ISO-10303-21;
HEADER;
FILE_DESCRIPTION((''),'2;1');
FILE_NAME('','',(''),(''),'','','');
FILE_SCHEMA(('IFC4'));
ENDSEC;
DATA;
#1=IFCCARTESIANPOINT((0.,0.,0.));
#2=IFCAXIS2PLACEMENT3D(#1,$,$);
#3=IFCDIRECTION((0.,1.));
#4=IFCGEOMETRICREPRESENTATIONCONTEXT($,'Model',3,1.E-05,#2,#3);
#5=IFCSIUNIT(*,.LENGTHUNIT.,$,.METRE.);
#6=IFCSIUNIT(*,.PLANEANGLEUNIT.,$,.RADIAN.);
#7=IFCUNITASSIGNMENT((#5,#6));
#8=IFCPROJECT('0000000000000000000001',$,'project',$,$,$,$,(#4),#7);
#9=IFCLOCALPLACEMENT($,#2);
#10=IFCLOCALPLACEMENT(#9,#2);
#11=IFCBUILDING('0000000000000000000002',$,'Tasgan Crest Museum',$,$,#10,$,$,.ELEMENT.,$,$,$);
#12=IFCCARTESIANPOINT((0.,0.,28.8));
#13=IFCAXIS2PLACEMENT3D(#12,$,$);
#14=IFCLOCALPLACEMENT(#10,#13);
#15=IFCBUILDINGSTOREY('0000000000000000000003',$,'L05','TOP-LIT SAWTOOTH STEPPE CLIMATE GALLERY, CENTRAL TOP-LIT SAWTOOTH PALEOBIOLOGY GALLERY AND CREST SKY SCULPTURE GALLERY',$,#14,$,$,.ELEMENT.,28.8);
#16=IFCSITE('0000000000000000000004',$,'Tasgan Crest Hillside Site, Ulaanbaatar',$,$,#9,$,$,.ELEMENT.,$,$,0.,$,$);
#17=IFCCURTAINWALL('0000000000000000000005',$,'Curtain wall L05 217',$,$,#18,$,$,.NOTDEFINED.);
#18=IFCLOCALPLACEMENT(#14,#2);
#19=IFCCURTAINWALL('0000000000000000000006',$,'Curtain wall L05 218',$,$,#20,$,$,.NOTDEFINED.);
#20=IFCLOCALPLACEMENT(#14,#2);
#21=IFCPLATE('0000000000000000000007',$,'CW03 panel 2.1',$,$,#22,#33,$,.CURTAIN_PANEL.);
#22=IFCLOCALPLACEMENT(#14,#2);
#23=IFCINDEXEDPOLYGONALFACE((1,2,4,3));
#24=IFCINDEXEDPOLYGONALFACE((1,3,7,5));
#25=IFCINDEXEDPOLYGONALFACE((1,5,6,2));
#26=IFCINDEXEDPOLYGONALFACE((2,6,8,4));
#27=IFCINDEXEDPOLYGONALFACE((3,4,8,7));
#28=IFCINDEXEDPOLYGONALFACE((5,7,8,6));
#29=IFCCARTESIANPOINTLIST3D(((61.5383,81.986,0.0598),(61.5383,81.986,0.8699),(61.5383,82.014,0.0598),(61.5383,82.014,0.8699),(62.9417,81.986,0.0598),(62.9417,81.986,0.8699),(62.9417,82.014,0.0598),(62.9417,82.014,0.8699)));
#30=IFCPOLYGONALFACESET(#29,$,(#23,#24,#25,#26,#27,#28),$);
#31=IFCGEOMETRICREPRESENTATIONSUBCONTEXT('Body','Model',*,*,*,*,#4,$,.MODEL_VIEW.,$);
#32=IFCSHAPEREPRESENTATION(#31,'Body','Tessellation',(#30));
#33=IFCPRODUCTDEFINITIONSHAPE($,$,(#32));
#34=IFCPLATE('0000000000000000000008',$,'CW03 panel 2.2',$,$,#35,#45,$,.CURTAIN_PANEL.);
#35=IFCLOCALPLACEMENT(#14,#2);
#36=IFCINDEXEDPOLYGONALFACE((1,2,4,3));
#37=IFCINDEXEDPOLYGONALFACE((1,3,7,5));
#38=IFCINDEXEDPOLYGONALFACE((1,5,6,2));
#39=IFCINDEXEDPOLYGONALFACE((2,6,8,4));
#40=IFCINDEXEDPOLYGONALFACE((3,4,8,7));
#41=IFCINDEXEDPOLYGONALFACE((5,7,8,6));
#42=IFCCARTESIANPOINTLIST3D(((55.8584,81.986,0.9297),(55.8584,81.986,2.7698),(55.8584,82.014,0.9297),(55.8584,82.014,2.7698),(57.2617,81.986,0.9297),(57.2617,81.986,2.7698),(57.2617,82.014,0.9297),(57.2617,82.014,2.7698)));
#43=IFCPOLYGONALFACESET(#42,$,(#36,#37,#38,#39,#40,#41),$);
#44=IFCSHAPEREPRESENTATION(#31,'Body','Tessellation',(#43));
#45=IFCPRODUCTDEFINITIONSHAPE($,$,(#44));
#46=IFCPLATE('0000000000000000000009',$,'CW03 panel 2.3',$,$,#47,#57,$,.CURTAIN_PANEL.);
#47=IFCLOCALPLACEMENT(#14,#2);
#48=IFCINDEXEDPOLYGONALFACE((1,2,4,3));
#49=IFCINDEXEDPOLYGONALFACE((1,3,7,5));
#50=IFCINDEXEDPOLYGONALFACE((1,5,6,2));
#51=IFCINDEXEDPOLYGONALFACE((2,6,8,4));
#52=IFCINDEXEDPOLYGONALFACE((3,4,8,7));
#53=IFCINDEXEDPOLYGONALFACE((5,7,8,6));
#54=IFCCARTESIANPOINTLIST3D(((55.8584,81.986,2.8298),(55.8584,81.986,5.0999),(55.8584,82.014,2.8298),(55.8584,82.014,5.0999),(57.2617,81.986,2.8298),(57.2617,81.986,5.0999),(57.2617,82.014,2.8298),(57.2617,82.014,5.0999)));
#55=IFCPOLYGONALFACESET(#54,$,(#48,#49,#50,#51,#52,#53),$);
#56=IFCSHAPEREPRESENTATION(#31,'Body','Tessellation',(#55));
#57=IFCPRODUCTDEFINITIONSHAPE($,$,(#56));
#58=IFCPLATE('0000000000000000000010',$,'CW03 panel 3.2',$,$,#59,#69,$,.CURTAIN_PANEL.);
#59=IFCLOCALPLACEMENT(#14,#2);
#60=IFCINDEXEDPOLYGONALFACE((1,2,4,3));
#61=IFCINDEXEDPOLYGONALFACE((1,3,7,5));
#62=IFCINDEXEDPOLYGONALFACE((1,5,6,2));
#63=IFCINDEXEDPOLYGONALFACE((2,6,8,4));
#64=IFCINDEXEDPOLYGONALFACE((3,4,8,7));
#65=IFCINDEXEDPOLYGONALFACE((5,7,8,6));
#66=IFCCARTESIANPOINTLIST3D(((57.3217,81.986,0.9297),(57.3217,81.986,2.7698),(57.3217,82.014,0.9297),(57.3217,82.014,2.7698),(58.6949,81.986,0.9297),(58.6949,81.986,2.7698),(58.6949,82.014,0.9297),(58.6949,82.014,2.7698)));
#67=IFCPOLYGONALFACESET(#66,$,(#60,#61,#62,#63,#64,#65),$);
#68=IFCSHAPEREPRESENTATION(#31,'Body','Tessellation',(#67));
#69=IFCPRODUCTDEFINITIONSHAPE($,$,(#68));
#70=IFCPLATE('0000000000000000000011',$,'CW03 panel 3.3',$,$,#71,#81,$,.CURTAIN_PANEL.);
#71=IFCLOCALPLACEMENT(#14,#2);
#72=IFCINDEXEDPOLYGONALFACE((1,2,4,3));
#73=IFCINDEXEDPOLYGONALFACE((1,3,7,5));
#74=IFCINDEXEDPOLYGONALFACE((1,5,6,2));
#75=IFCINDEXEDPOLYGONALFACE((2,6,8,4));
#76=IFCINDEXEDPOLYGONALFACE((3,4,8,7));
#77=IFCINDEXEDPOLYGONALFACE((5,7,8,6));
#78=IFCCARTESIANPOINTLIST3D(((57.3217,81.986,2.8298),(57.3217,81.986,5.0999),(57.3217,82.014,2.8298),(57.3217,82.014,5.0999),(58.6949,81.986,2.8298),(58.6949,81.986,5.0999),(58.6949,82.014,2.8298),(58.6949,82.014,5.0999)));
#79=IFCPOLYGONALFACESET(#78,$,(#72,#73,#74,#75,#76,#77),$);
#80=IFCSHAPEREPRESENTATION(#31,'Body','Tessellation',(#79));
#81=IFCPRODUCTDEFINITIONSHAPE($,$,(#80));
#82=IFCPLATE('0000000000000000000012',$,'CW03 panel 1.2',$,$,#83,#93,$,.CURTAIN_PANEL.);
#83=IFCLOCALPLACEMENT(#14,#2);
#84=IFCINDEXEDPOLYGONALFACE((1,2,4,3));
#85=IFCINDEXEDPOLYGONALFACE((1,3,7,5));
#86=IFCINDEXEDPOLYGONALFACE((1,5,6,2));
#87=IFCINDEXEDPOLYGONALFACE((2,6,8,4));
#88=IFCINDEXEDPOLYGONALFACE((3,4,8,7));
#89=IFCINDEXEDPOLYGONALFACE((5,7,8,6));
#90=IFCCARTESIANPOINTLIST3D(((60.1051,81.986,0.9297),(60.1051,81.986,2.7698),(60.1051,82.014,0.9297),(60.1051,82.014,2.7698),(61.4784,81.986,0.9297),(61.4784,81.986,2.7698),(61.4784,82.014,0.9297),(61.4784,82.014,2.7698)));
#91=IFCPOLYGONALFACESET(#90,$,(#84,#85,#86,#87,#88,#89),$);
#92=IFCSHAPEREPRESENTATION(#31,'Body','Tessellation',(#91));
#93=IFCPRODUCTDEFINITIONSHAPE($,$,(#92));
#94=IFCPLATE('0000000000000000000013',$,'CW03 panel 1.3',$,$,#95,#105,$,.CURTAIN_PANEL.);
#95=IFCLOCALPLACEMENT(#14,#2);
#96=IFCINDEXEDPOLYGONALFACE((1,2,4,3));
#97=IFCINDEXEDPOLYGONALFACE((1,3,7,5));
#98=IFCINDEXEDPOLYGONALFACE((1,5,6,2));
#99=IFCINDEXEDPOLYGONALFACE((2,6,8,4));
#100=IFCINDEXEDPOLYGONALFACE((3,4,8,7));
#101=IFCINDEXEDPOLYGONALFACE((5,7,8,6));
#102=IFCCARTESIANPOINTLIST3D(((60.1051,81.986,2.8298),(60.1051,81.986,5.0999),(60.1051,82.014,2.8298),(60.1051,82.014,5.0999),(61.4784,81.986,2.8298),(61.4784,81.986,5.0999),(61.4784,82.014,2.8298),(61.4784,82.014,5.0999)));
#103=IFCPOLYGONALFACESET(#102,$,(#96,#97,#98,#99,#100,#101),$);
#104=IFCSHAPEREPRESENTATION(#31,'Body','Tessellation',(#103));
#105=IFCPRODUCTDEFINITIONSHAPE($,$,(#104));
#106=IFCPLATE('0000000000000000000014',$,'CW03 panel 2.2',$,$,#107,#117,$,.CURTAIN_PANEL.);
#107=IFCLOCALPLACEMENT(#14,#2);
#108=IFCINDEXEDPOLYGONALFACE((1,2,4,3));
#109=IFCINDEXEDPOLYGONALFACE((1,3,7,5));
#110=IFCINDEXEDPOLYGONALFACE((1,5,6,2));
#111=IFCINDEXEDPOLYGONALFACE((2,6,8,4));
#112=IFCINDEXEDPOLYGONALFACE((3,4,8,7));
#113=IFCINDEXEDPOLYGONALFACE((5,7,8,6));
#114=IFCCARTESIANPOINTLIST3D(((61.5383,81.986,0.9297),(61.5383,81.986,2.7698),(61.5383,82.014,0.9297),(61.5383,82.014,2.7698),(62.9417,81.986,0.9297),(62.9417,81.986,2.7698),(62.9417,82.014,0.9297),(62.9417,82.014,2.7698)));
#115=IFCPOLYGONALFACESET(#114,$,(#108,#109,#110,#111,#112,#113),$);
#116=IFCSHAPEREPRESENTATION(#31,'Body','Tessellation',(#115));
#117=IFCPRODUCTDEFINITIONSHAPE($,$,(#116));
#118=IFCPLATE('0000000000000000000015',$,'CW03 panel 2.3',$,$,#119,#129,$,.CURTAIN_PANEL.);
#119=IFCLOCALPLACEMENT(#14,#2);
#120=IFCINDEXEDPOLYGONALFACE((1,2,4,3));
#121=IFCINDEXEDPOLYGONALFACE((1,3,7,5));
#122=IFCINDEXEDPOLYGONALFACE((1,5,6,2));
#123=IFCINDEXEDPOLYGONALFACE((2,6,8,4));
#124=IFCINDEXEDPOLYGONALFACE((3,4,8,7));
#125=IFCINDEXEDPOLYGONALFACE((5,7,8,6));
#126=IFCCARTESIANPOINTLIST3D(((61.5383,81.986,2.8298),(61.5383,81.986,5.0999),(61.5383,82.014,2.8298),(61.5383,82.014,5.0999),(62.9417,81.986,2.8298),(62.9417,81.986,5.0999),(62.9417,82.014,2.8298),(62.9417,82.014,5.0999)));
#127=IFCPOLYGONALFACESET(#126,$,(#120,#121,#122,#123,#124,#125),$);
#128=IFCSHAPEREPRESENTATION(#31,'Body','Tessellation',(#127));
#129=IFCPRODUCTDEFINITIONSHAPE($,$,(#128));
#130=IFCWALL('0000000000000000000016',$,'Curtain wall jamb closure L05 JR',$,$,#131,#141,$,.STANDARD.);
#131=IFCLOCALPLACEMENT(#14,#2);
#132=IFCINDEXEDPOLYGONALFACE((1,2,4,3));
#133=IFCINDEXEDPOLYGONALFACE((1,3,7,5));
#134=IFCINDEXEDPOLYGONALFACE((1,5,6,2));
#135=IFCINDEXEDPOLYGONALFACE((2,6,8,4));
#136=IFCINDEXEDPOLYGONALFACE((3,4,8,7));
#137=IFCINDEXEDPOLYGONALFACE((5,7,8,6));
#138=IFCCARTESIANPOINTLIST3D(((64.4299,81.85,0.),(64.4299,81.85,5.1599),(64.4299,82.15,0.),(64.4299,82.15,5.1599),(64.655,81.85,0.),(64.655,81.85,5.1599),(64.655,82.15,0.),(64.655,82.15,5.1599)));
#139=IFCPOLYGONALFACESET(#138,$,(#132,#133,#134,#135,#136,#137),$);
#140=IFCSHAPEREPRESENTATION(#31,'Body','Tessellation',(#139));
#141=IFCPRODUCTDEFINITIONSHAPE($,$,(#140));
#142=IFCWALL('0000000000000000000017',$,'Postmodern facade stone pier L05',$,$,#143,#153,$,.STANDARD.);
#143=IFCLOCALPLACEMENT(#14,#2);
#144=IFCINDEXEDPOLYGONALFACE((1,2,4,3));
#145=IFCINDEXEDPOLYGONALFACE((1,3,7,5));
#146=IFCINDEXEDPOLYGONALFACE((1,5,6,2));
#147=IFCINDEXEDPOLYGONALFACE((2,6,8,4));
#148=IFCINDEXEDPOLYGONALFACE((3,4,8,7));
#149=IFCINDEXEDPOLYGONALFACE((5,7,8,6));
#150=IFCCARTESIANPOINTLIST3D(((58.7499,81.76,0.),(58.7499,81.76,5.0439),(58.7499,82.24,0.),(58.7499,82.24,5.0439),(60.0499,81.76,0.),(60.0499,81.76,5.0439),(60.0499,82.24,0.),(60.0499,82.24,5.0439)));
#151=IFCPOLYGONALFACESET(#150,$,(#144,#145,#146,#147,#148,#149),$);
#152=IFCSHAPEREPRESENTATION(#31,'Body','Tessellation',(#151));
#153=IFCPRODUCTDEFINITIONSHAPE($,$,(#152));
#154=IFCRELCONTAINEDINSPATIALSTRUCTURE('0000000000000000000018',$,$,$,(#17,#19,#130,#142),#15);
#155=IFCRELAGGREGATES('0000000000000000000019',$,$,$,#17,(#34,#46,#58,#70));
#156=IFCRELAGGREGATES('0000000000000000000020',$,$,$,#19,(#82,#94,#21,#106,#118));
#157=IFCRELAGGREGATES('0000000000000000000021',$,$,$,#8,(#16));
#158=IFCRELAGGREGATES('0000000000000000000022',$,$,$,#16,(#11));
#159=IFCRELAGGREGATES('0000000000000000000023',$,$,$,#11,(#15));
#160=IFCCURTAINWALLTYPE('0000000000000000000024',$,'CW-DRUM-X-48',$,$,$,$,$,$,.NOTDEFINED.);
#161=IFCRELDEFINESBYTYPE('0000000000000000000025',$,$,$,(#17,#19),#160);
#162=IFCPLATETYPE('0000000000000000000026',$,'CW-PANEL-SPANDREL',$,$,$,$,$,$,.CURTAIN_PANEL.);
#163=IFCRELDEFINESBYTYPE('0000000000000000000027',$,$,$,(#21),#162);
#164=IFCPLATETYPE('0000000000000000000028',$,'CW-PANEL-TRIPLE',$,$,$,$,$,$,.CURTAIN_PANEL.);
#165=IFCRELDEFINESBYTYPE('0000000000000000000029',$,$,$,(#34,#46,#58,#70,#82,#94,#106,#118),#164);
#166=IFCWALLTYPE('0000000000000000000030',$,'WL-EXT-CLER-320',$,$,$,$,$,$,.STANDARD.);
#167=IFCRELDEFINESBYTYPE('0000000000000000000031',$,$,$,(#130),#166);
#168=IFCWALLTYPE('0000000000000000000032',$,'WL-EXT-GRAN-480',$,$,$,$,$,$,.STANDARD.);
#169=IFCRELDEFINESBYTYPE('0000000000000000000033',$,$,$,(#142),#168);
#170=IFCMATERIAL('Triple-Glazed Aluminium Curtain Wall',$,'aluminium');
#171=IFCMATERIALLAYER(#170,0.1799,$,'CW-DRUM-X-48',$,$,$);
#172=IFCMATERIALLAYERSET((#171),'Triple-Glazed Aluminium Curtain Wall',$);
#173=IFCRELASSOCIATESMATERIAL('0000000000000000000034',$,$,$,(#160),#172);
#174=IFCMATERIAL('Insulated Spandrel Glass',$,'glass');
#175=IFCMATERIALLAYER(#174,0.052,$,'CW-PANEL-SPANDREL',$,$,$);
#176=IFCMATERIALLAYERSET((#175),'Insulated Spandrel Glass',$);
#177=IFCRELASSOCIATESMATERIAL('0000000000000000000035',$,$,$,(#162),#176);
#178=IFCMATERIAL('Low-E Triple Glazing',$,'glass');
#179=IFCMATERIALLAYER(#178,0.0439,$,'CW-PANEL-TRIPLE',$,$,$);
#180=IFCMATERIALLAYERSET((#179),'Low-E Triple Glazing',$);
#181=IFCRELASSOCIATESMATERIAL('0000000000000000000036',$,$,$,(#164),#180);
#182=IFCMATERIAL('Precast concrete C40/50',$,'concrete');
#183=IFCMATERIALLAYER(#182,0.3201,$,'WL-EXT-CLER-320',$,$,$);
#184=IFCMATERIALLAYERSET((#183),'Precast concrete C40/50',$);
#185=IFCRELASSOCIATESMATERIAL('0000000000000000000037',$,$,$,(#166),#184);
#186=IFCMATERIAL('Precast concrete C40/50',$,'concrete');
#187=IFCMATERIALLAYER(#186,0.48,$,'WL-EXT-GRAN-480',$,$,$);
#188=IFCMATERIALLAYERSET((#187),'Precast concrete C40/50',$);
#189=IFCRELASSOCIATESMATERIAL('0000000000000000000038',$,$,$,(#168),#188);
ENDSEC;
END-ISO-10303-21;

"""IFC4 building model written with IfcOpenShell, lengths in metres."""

from ifc_helpers import new_model, si_unit, direction, frame, frame_2d, origin, origin_2d, place, context, subcontext, project, spatial, rectangle, extrude, material, layer, layer_set, type_object, element, aggregate, save


model = new_model("IFC4")

# Units and contexts
model_context = context("Model", 3, precision=1e-05, world=origin(), true_north=direction((0.0, 1.0)))
body_context = subcontext(model_context, "Body", "Model", "MODEL_VIEW")
ifc_project = project(units=[si_unit("LENGTHUNIT", "METRE"), si_unit("PLANEANGLEUNIT", "RADIAN")], contexts=[model_context])

# Site, building, storey
site_placement = place(None, origin())
site = spatial("IfcSite", under=ifc_project, at=site_placement, Name="Tasgan Crest Hillside Site, Ulaanbaatar", CompositionType="ELEMENT", RefElevation=0.0)
building_placement = place(site_placement, origin())
building = spatial("IfcBuilding", under=site, at=building_placement, Name="Tasgan Crest Museum", CompositionType="ELEMENT")
storey_placement = place(building_placement, frame((0.0, 0.0, 28.8)))
storey = spatial("IfcBuildingStorey", under=building, at=storey_placement, Name="L05", Description="TOP-LIT SAWTOOTH STEPPE CLIMATE GALLERY, CENTRAL TOP-LIT SAWTOOTH PALEOBIOLOGY GALLERY AND CREST SKY SCULPTURE GALLERY", CompositionType="ELEMENT", Elevation=28.8)

# Curtain walls
ifc_material_1 = material(Name="Triple-Glazed Aluminium Curtain Wall", Category="aluminium")
ifc_layer_1 = layer(ifc_material_1, 0.1799, Name="CW-DRUM-X-48")
ifc_layer_set_1 = layer_set([ifc_layer_1], Name="Triple-Glazed Aluminium Curtain Wall")
curtain_wall_type = type_object("IfcCurtainWallType", Name="CW-DRUM-X-48", PredefinedType="NOTDEFINED", material=ifc_layer_set_1)
curtain_wall_1_placement = place(storey_placement, origin())
curtain_wall_1 = element("IfcCurtainWall", 1, at=curtain_wall_1_placement, inside=storey, type_object=curtain_wall_type, Name="Curtain wall L05 217", PredefinedType="NOTDEFINED")
curtain_wall_2_placement = place(storey_placement, origin())
curtain_wall_2 = element("IfcCurtainWall", 2, at=curtain_wall_2_placement, inside=storey, type_object=curtain_wall_type, Name="Curtain wall L05 218", PredefinedType="NOTDEFINED")

# Plates
ifc_material_2 = material(Name="Insulated Spandrel Glass", Category="glass")
ifc_layer_2 = layer(ifc_material_2, 0.052, Name="CW-PANEL-SPANDREL")
ifc_layer_set_2 = layer_set([ifc_layer_2], Name="Insulated Spandrel Glass")
plate_type_1 = type_object("IfcPlateType", Name="CW-PANEL-SPANDREL", PredefinedType="CURTAIN_PANEL", material=ifc_layer_set_2)
plate_1_placement = place(storey_placement, frame((62.24, 82.0, 0.0598), z_axis=(0.0, 0.0, 1.0), x_axis=(1.0, 0.0, 0.0)))
plate_1 = element("IfcPlate", 3, at=plate_1_placement, type_object=plate_type_1, Name="CW03 panel 2.1", PredefinedType="CURTAIN_PANEL", context=body_context, shape_type="SweptSolid", body=[
    extrude(rectangle(XDim=1.4033, YDim=0.0281, at=origin_2d()), origin(), (0.0, 0.0, 1.0), 0.8101),
])
ifc_material_3 = material(Name="Low-E Triple Glazing", Category="glass")
ifc_layer_3 = layer(ifc_material_3, 0.0439, Name="CW-PANEL-TRIPLE")
ifc_layer_set_3 = layer_set([ifc_layer_3], Name="Low-E Triple Glazing")
plate_type_2 = type_object("IfcPlateType", Name="CW-PANEL-TRIPLE", PredefinedType="CURTAIN_PANEL", material=ifc_layer_set_3)
plate_2_placement = place(storey_placement, frame((56.5601, 82.0, 0.9297), z_axis=(0.0, 0.0, 1.0), x_axis=(1.0, 0.0, 0.0)))
plate_2 = element("IfcPlate", 4, at=plate_2_placement, type_object=plate_type_2, Name="CW03 panel 2.2", PredefinedType="CURTAIN_PANEL", context=body_context, shape_type="SweptSolid", body=[
    extrude(rectangle(XDim=1.4033, YDim=0.0281, at=origin_2d()), origin(), (0.0, 0.0, 1.0), 1.8401),
])
plate_3_placement = place(storey_placement, frame((56.5601, 82.0, 2.8298), z_axis=(0.0, 0.0, 1.0), x_axis=(1.0, 0.0, 0.0)))
plate_3 = element("IfcPlate", 5, at=plate_3_placement, type_object=plate_type_2, Name="CW03 panel 2.3", PredefinedType="CURTAIN_PANEL", context=body_context, shape_type="SweptSolid", body=[
    extrude(rectangle(XDim=1.4033, YDim=0.0281, at=origin_2d()), origin(), (0.0, 0.0, 1.0), 2.27),
])
plate_4_placement = place(storey_placement, frame((58.0083, 82.0, 0.9297), z_axis=(0.0, 0.0, 1.0), x_axis=(1.0, 0.0, 0.0)))
plate_4 = element("IfcPlate", 6, at=plate_4_placement, type_object=plate_type_2, Name="CW03 panel 3.2", PredefinedType="CURTAIN_PANEL", context=body_context, shape_type="SweptSolid", body=[
    extrude(rectangle(XDim=1.3733, YDim=0.0281, at=origin_2d()), origin(), (0.0, 0.0, 1.0), 1.8401),
])
plate_5_placement = place(storey_placement, frame((58.0083, 82.0, 2.8298), z_axis=(0.0, 0.0, 1.0), x_axis=(1.0, 0.0, 0.0)))
plate_5 = element("IfcPlate", 7, at=plate_5_placement, type_object=plate_type_2, Name="CW03 panel 3.3", PredefinedType="CURTAIN_PANEL", context=body_context, shape_type="SweptSolid", body=[
    extrude(rectangle(XDim=1.3733, YDim=0.0281, at=origin_2d()), origin(), (0.0, 0.0, 1.0), 2.27),
])
aggregate(curtain_wall_1, [plate_2, plate_3, plate_4, plate_5])
plate_6_placement = place(storey_placement, frame((60.7917, 82.0, 0.9297), z_axis=(0.0, 0.0, 1.0), x_axis=(1.0, 0.0, 0.0)))
plate_6 = element("IfcPlate", 8, at=plate_6_placement, type_object=plate_type_2, Name="CW03 panel 1.2", PredefinedType="CURTAIN_PANEL", context=body_context, shape_type="SweptSolid", body=[
    extrude(rectangle(XDim=1.3733, YDim=0.0281, at=origin_2d()), origin(), (0.0, 0.0, 1.0), 1.8401),
])
plate_7_placement = place(storey_placement, frame((60.7917, 82.0, 2.8298), z_axis=(0.0, 0.0, 1.0), x_axis=(1.0, 0.0, 0.0)))
plate_7 = element("IfcPlate", 9, at=plate_7_placement, type_object=plate_type_2, Name="CW03 panel 1.3", PredefinedType="CURTAIN_PANEL", context=body_context, shape_type="SweptSolid", body=[
    extrude(rectangle(XDim=1.3733, YDim=0.0281, at=origin_2d()), origin(), (0.0, 0.0, 1.0), 2.27),
])
plate_8_placement = place(storey_placement, frame((62.24, 82.0, 0.9297), z_axis=(0.0, 0.0, 1.0), x_axis=(1.0, 0.0, 0.0)))
plate_8 = element("IfcPlate", 10, at=plate_8_placement, type_object=plate_type_2, Name="CW03 panel 2.2", PredefinedType="CURTAIN_PANEL", context=body_context, shape_type="SweptSolid", body=[
    extrude(rectangle(XDim=1.4033, YDim=0.0281, at=origin_2d()), origin(), (0.0, 0.0, 1.0), 1.8401),
])
plate_9_placement = place(storey_placement, frame((62.24, 82.0, 2.8298), z_axis=(0.0, 0.0, 1.0), x_axis=(1.0, 0.0, 0.0)))
plate_9 = element("IfcPlate", 11, at=plate_9_placement, type_object=plate_type_2, Name="CW03 panel 2.3", PredefinedType="CURTAIN_PANEL", context=body_context, shape_type="SweptSolid", body=[
    extrude(rectangle(XDim=1.4033, YDim=0.0281, at=origin_2d()), origin(), (0.0, 0.0, 1.0), 2.27),
])
aggregate(curtain_wall_2, [plate_6, plate_7, plate_1, plate_8, plate_9])

# Walls
ifc_material_4 = material(Name="Precast concrete C40/50", Category="concrete")
ifc_layer_4 = layer(ifc_material_4, 0.3201, Name="WL-EXT-CLER-320")
ifc_layer_set_4 = layer_set([ifc_layer_4], Name="Precast concrete C40/50")
wall_type_1 = type_object("IfcWallType", Name="WL-EXT-CLER-320", PredefinedType="STANDARD", material=ifc_layer_set_4)
wall_1_placement = place(storey_placement, frame((64.4299, 82.0, 0.0), z_axis=(0.0, 0.0, 1.0), x_axis=(1.0, 0.0, 0.0)))
element("IfcWall", 12, at=wall_1_placement, inside=storey, type_object=wall_type_1, Name="Curtain wall jamb closure L05 JR", PredefinedType="STANDARD", context=body_context, shape_type="SweptSolid", body=[
    extrude(rectangle(XDim=0.2251, YDim=0.3, at=frame_2d((0.1125, 0.0))), origin(), (0.0, 0.0, 1.0), 5.1599),
])
ifc_material_5 = material(Name="Precast concrete C40/50", Category="concrete")
ifc_layer_5 = layer(ifc_material_5, 0.48, Name="WL-EXT-GRAN-480")
ifc_layer_set_5 = layer_set([ifc_layer_5], Name="Precast concrete C40/50")
wall_type_2 = type_object("IfcWallType", Name="WL-EXT-GRAN-480", PredefinedType="STANDARD", material=ifc_layer_set_5)
wall_2_placement = place(storey_placement, frame((58.75, 82.0, 0.0), z_axis=(0.0, 0.0, 1.0), x_axis=(1.0, 0.0, 0.0)))
element("IfcWall", 13, at=wall_2_placement, inside=storey, type_object=wall_type_2, Name="Postmodern facade stone pier L05", PredefinedType="STANDARD", context=body_context, shape_type="SweptSolid", body=[
    extrude(rectangle(XDim=1.3, YDim=0.48, at=frame_2d((0.6499, 0.0))), origin(), (0.0, 0.0, 1.0), 5.0439),
])

save(model, "model.ifc")
